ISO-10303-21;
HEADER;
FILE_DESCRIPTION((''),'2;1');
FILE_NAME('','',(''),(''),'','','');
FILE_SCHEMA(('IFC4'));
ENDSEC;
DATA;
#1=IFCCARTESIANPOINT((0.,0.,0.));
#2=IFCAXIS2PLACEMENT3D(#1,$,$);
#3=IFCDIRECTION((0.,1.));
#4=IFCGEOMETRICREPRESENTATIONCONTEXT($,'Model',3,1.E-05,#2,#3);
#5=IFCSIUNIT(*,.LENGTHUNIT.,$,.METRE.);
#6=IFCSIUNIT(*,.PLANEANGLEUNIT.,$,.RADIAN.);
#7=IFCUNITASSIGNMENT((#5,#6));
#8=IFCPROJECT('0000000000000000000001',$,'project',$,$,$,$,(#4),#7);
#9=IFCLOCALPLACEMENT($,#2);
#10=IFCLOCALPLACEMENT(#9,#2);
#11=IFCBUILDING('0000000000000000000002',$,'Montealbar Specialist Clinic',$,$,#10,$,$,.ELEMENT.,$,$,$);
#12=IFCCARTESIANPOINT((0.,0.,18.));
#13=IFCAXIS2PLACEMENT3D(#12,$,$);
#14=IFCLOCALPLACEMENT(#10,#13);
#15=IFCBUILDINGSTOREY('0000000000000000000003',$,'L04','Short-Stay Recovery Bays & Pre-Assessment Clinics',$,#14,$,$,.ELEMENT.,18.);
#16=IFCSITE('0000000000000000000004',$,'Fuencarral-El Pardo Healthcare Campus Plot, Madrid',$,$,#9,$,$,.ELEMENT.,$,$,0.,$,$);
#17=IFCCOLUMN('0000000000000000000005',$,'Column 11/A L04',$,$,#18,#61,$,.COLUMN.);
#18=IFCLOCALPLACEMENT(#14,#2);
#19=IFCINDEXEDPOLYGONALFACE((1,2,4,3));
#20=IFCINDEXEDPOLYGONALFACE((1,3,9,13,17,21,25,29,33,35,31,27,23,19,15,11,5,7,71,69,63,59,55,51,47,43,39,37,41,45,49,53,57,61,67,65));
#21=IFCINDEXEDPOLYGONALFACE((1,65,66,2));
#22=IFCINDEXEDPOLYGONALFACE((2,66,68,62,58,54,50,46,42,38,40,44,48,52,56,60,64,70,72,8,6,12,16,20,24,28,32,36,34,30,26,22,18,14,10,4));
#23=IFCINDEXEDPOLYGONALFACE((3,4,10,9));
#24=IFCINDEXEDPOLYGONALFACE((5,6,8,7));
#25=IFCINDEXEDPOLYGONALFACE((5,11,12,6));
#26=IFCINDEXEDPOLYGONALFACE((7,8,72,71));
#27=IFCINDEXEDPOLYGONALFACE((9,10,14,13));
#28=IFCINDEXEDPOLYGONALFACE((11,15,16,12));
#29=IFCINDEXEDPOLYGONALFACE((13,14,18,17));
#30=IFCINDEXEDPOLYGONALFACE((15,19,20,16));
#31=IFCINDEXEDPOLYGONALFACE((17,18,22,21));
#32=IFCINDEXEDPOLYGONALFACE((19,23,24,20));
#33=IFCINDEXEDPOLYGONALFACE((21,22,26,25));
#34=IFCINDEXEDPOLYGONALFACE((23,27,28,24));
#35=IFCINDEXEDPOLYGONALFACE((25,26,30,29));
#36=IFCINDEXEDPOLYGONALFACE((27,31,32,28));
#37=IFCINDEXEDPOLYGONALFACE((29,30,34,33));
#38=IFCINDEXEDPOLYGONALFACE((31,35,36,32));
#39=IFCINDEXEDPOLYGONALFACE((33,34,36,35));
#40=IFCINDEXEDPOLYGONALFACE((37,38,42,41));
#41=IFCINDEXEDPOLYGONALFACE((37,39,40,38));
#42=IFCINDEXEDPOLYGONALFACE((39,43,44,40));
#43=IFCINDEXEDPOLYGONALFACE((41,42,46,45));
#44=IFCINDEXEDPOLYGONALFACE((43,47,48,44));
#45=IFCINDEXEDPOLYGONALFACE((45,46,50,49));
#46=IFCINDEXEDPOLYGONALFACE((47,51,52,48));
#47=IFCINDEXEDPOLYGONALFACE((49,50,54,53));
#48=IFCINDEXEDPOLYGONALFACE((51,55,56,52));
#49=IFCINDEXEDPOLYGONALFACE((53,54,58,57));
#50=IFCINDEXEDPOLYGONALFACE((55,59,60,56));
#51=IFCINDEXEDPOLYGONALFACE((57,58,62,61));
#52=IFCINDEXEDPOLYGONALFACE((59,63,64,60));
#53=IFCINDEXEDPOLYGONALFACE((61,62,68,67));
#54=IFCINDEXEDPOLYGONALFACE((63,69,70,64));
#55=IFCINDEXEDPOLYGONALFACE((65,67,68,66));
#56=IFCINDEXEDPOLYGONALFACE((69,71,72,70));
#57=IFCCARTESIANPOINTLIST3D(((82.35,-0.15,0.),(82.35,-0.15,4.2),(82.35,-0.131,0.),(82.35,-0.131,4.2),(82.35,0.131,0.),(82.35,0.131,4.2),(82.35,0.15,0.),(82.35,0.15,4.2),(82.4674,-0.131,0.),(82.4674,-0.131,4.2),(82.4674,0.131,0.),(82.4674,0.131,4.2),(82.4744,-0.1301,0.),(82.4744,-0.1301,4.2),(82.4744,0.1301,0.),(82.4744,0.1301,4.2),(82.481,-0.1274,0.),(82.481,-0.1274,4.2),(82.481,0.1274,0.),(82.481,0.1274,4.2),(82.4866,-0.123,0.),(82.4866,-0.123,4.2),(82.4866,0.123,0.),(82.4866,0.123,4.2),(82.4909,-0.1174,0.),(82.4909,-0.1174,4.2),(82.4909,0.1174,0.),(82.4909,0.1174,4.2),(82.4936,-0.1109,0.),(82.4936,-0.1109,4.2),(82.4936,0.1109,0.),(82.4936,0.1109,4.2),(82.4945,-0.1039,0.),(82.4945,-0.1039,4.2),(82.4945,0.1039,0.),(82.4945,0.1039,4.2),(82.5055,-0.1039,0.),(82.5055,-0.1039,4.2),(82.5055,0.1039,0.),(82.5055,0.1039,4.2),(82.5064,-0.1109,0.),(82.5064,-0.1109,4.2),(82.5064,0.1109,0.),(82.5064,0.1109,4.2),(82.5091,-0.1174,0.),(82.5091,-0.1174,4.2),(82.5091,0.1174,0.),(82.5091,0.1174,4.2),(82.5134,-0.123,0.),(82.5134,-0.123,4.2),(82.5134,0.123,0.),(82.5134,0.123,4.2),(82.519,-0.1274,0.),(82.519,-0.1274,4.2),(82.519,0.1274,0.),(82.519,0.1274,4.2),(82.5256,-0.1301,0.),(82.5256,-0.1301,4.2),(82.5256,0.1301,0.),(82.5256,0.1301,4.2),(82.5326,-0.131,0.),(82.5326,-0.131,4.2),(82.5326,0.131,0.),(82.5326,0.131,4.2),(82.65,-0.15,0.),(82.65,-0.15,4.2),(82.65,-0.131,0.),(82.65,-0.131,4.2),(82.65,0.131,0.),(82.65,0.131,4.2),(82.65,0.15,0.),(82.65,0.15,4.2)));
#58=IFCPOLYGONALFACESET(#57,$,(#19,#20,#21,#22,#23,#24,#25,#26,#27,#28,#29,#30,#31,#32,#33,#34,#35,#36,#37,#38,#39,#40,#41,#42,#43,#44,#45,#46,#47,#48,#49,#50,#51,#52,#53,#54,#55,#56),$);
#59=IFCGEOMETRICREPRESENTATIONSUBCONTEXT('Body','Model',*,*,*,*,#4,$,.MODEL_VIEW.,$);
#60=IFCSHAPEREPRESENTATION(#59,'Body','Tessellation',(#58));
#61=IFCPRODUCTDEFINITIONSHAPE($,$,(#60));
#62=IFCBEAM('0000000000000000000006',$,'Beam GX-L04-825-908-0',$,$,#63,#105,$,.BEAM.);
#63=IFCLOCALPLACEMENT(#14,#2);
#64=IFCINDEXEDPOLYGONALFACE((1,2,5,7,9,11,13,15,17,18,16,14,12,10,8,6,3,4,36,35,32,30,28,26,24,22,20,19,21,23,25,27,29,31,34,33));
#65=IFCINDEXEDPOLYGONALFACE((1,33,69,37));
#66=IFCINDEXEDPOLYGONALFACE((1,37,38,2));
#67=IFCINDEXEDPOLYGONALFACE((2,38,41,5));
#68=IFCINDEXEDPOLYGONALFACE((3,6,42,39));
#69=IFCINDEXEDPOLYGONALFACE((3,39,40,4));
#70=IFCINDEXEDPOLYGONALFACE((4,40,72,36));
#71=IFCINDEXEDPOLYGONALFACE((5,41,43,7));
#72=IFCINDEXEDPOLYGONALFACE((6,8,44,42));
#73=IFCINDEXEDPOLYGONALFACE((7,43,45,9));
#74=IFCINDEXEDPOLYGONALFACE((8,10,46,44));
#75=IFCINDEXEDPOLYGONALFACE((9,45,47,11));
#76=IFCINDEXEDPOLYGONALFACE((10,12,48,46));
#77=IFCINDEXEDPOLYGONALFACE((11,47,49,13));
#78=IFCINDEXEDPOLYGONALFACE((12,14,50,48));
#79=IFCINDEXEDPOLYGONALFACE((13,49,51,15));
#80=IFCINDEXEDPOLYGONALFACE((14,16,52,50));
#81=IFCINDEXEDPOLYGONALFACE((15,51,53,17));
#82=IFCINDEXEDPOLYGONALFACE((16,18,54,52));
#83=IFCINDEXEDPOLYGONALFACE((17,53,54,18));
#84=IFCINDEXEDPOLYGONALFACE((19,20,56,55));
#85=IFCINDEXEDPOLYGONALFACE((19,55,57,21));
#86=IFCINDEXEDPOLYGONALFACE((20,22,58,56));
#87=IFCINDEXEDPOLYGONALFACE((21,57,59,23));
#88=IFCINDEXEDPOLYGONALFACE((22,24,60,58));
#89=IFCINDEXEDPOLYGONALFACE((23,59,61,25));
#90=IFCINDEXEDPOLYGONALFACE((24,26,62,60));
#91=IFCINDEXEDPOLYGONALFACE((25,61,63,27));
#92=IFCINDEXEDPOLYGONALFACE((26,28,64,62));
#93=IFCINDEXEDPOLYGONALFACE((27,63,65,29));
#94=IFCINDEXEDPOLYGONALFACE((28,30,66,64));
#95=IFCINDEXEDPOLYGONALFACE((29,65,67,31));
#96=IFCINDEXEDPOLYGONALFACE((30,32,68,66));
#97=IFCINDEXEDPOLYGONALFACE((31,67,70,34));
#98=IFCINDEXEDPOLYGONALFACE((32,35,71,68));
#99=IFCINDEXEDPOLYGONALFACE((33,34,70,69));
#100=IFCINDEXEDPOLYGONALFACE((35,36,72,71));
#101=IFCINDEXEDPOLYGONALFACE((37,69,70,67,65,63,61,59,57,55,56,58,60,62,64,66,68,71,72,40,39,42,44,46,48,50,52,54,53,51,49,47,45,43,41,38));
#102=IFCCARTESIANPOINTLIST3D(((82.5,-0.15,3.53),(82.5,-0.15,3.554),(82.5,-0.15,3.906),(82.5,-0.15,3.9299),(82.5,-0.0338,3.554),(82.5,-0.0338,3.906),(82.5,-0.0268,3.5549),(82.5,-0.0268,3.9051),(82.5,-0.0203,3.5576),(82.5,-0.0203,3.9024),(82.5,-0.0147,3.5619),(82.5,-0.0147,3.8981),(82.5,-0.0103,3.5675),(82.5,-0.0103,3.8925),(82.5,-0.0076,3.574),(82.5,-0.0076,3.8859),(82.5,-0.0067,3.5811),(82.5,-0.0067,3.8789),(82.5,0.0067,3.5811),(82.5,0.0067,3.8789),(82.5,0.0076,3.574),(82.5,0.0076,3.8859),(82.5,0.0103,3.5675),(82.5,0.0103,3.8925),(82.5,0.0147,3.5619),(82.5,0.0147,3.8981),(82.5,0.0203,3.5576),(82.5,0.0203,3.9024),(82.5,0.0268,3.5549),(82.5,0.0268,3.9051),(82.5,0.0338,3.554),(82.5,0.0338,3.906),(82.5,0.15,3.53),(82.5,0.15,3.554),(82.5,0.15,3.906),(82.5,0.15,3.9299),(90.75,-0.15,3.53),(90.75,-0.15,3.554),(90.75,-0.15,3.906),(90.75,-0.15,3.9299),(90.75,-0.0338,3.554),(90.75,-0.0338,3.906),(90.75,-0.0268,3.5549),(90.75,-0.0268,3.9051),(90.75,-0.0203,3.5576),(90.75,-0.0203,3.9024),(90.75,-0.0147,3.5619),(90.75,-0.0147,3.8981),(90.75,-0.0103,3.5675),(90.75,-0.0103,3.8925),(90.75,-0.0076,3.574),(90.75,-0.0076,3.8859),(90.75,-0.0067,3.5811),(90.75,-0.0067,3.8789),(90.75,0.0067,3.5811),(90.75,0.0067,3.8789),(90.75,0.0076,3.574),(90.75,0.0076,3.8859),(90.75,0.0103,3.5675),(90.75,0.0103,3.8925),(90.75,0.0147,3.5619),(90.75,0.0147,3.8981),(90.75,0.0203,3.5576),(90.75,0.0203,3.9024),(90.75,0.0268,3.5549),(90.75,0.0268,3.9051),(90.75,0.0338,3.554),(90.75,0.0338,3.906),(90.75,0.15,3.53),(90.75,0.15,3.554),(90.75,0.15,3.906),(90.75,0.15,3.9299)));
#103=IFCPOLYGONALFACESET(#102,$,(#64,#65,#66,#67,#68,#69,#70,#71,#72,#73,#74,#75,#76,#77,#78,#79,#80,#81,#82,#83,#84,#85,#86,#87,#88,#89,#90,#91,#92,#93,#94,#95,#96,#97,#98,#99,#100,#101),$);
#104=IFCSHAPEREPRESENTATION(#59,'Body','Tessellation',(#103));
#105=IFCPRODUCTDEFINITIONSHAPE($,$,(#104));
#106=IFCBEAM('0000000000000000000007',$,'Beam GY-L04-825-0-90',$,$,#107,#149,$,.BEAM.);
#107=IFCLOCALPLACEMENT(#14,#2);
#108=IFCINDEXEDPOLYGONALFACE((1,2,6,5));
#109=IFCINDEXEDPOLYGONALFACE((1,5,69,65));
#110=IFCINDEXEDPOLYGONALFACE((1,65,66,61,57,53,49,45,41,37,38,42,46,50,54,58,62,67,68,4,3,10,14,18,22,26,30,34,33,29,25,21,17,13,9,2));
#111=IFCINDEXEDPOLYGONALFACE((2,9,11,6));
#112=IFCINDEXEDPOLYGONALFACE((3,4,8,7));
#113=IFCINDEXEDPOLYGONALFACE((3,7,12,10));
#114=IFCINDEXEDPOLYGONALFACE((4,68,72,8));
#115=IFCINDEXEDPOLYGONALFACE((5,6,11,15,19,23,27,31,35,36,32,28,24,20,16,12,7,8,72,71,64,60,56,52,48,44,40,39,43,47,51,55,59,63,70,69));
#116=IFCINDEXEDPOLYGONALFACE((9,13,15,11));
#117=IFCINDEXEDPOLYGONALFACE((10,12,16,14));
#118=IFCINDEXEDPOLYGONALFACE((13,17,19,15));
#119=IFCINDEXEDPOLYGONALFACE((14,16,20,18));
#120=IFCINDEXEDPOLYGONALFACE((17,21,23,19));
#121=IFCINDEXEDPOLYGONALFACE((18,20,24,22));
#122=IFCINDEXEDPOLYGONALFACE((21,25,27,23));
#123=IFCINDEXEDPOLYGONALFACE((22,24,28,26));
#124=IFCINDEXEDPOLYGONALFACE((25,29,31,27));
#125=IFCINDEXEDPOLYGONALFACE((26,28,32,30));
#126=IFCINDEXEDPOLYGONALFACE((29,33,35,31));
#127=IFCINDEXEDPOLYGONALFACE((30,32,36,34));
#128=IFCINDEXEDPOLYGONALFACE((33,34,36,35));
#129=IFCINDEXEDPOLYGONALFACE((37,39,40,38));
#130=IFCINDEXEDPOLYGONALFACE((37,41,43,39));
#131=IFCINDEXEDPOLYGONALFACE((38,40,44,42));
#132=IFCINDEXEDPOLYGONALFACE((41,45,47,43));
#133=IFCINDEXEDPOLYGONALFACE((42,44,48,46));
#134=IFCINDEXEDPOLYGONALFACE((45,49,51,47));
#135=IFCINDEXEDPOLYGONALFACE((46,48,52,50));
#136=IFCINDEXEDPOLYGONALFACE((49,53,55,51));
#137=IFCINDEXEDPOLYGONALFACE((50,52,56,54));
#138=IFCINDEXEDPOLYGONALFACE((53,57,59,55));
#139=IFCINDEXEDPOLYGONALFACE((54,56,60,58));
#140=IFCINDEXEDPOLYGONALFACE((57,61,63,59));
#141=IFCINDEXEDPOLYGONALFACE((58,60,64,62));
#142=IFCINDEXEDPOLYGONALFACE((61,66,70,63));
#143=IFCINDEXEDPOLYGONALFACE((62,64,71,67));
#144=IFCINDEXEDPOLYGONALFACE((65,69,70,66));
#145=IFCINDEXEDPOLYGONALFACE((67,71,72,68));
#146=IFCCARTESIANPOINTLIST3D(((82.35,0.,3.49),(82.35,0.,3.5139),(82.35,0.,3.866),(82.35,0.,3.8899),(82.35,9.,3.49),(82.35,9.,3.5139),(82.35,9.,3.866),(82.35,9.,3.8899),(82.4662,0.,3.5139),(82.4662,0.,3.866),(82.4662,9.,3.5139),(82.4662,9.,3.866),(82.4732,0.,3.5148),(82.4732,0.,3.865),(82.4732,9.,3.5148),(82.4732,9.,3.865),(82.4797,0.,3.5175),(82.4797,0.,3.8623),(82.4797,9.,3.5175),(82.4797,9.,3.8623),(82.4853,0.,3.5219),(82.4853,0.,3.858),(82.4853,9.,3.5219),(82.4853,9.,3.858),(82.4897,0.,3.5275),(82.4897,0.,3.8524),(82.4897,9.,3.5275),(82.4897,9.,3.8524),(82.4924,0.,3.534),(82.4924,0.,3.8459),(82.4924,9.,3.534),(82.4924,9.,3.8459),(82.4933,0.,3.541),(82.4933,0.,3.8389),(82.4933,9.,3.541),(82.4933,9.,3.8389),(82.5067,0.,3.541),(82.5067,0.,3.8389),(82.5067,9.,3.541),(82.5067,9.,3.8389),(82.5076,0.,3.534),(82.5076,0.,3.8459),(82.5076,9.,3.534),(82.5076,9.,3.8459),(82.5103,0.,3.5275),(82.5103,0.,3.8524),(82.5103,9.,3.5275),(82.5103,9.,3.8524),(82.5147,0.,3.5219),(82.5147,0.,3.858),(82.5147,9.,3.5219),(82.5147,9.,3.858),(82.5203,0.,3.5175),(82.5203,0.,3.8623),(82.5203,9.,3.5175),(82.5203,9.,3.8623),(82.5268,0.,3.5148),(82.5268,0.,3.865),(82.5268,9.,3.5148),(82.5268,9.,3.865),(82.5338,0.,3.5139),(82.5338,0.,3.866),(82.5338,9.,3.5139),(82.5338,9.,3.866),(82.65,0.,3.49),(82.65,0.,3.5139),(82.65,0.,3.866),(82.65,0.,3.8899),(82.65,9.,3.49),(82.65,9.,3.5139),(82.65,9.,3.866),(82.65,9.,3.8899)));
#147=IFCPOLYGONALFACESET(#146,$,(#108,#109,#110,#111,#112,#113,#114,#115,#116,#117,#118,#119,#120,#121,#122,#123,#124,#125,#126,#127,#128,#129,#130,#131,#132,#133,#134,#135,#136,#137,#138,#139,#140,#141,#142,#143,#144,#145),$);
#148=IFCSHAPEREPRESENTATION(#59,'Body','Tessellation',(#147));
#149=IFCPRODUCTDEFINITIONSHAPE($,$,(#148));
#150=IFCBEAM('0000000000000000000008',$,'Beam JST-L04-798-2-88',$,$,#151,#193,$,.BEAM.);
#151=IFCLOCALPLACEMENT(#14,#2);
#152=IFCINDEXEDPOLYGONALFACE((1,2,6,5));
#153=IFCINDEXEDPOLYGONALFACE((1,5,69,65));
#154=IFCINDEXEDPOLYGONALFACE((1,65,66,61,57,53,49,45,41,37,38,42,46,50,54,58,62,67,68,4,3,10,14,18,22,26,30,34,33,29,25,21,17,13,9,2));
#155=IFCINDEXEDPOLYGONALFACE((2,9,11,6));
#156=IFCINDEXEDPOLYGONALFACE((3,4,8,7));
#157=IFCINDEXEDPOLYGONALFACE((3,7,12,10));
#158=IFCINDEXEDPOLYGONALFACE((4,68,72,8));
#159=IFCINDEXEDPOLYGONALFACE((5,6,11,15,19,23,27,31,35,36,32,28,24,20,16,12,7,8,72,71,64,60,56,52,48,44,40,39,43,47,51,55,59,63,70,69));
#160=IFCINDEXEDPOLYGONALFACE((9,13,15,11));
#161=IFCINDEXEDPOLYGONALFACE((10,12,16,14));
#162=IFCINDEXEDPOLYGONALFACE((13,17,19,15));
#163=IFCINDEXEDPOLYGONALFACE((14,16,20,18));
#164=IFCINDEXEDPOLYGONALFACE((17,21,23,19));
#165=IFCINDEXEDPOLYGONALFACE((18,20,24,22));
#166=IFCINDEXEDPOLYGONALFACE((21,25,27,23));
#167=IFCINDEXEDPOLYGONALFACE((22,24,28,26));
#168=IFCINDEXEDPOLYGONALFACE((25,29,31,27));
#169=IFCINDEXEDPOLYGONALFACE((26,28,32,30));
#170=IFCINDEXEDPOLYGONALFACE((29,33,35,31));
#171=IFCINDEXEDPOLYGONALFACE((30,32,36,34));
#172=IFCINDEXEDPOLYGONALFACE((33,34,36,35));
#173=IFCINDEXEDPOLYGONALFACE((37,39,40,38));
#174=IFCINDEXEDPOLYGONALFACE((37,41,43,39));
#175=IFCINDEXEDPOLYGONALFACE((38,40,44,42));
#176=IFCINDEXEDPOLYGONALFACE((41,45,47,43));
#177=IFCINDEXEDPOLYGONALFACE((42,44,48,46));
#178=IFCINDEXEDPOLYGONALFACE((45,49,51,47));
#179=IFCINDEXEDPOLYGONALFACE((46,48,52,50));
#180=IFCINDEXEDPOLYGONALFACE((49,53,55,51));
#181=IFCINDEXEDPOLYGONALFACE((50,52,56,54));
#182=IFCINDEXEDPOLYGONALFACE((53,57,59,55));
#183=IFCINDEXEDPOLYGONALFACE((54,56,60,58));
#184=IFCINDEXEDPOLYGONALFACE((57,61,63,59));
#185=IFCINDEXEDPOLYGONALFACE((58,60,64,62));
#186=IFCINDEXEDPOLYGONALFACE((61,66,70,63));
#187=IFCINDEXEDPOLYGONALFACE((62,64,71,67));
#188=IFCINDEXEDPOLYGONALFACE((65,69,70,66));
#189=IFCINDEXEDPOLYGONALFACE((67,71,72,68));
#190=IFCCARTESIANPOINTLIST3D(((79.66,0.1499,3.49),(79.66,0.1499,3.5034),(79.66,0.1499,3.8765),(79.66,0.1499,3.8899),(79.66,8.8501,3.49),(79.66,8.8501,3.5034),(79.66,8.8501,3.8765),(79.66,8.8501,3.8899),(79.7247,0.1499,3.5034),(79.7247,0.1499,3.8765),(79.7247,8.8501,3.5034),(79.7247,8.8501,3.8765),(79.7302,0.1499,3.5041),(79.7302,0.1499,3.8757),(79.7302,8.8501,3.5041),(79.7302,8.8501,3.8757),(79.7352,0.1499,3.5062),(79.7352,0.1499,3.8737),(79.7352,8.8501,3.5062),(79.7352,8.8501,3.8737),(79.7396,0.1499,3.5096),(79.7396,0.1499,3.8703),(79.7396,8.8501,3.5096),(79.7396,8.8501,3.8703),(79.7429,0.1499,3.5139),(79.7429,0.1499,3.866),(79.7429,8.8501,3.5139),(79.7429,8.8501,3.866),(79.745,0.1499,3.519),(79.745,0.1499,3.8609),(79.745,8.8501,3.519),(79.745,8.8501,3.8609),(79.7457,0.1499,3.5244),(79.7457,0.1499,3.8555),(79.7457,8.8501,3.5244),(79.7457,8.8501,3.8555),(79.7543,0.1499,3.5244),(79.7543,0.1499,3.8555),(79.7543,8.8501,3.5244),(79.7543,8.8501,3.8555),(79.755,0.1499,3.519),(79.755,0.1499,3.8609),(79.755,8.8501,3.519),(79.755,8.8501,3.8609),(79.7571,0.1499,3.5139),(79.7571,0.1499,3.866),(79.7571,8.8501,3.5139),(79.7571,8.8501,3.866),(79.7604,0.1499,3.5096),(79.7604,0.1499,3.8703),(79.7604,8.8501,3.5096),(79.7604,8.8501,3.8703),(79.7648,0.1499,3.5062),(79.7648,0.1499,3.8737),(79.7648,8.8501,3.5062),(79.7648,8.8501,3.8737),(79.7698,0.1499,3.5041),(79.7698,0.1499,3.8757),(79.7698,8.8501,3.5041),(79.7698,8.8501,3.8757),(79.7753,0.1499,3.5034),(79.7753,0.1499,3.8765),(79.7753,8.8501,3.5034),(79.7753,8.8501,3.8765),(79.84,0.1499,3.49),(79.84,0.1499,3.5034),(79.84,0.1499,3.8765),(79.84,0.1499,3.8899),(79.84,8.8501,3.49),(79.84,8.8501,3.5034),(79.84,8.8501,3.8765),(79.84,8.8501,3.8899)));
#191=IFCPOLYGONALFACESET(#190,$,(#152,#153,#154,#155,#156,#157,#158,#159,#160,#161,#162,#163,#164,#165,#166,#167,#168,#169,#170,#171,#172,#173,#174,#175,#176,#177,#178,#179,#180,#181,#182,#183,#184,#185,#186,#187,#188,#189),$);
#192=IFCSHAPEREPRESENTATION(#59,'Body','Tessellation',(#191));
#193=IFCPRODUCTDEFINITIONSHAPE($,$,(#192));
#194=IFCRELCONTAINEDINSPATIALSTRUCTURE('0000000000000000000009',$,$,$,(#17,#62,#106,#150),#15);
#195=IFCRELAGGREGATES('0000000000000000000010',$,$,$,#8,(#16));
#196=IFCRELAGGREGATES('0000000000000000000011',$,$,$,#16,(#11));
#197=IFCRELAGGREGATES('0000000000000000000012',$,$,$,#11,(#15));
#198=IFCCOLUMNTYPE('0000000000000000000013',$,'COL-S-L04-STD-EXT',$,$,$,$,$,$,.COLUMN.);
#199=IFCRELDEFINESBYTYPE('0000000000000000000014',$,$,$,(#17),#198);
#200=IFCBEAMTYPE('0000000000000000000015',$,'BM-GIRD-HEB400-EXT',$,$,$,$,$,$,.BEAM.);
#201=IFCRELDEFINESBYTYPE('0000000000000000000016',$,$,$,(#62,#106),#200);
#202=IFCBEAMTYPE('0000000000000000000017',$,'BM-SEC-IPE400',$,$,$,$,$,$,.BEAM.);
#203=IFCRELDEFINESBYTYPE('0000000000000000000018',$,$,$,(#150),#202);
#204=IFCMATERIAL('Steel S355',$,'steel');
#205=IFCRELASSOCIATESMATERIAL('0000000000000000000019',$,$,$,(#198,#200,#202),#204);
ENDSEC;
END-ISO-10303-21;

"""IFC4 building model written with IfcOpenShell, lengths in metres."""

from ifc_helpers import new_model, si_unit, direction, frame, origin, origin_2d, place, context, subcontext, project, spatial, i_section, extrude, material, material_profile, profile_set, type_object, element, save


model = new_model("IFC4")

# Units and contexts
model_context = context("Model", 3, precision=1e-05, world=origin(), true_north=direction((0.0, 1.0)))
body_context = subcontext(model_context, "Body", "Model", "MODEL_VIEW")
ifc_project = project(units=[si_unit("LENGTHUNIT", "METRE"), si_unit("PLANEANGLEUNIT", "RADIAN")], contexts=[model_context])

# Site, building, storey
site_placement = place(None, origin())
site = spatial("IfcSite", under=ifc_project, at=site_placement, Name="Fuencarral-El Pardo Healthcare Campus Plot, Madrid", CompositionType="ELEMENT", RefElevation=0.0)
building_placement = place(site_placement, origin())
building = spatial("IfcBuilding", under=site, at=building_placement, Name="Montealbar Specialist Clinic", CompositionType="ELEMENT")
storey_placement = place(building_placement, frame((0.0, 0.0, 18.0)))
storey = spatial("IfcBuildingStorey", under=building, at=storey_placement, Name="L04", Description="Short-Stay Recovery Bays & Pre-Assessment Clinics", CompositionType="ELEMENT", Elevation=18.0)

# Column
ifc_material_1 = material(Name="Steel S355", Category="steel")
ifc_material_profile_1 = material_profile(ifc_material_1, i_section(OverallWidth=0.3, OverallDepth=0.3, WebThickness=0.011, FlangeThickness=0.019, FilletRadius=0.0271, at=origin_2d()), Name="HEB 300", Category="steel")
ifc_profile_set_1 = profile_set([ifc_material_profile_1], Name="Steel S355")
column_type = type_object("IfcColumnType", Name="COL-S-L04-STD-EXT", PredefinedType="COLUMN", material=ifc_profile_set_1)
column_placement = place(storey_placement, frame((82.5, 0.0, 0.0), z_axis=(0.0, 0.0, 1.0), x_axis=(1.0, 0.0, 0.0)))
element("IfcColumn", 1, at=column_placement, inside=storey, type_object=column_type, Name="Column 11/A L04", PredefinedType="COLUMN", context=body_context, shape_type="SweptSolid", body=[
    extrude(i_section(OverallWidth=0.3, OverallDepth=0.3, WebThickness=0.011, FlangeThickness=0.019, FilletRadius=0.0271, at=origin_2d()), origin(), (0.0, 0.0, 1.0), 4.2),
])

# Beams
ifc_material_profile_2 = material_profile(ifc_material_1, i_section(OverallWidth=0.3, OverallDepth=0.3999, WebThickness=0.0134, FlangeThickness=0.0239, FilletRadius=0.0271, at=origin_2d()), Name="HEB 400", Category="steel")
ifc_profile_set_2 = profile_set([ifc_material_profile_2], Name="Steel S355")
beam_type_1 = type_object("IfcBeamType", Name="BM-GIRD-HEB400-EXT", PredefinedType="BEAM", material=ifc_profile_set_2)
beam_1_placement = place(storey_placement, frame((82.5, 0.0, 3.73), z_axis=(1.0, 0.0, 0.0), x_axis=(0.0, 1.0, 0.0)))
element("IfcBeam", 2, at=beam_1_placement, inside=storey, type_object=beam_type_1, Name="Beam GX-L04-825-908-0", PredefinedType="BEAM", context=body_context, shape_type="SweptSolid", body=[
    extrude(i_section(OverallWidth=0.3, OverallDepth=0.3999, WebThickness=0.0134, FlangeThickness=0.0239, FilletRadius=0.0271, at=origin_2d()), origin(), (0.0, 0.0, 1.0), 8.25),
])
beam_2_placement = place(storey_placement, frame((82.5, 0.0, 3.6899), z_axis=(0.0, 1.0, 0.0), x_axis=(-1.0, 0.0, 0.0)))
element("IfcBeam", 3, at=beam_2_placement, inside=storey, type_object=beam_type_1, Name="Beam GY-L04-825-0-90", PredefinedType="BEAM", context=body_context, shape_type="SweptSolid", body=[
    extrude(i_section(OverallWidth=0.3, OverallDepth=0.3999, WebThickness=0.0134, FlangeThickness=0.0239, FilletRadius=0.0271, at=origin_2d()), origin(), (0.0, 0.0, 1.0), 9.0),
])
ifc_material_profile_3 = material_profile(ifc_material_1, i_section(OverallWidth=0.1799, OverallDepth=0.3999, WebThickness=0.0085, FlangeThickness=0.0134, FilletRadius=0.021, at=origin_2d()), Name="IPE 400", Category="steel")
ifc_profile_set_3 = profile_set([ifc_material_profile_3], Name="Steel S355")
beam_type_2 = type_object("IfcBeamType", Name="BM-SEC-IPE400", PredefinedType="BEAM", material=ifc_profile_set_3)
beam_3_placement = place(storey_placement, frame((79.75, 0.1499, 3.6899), z_axis=(0.0, 1.0, 0.0), x_axis=(-1.0, 0.0, 0.0)))
element("IfcBeam", 4, at=beam_3_placement, inside=storey, type_object=beam_type_2, Name="Beam JST-L04-798-2-88", PredefinedType="BEAM", context=body_context, shape_type="SweptSolid", body=[
    extrude(i_section(OverallWidth=0.1799, OverallDepth=0.3999, WebThickness=0.0085, FlangeThickness=0.0134, FilletRadius=0.021, at=origin_2d()), origin(), (0.0, 0.0, 1.0), 8.7002),
])

save(model, "model.ifc")
